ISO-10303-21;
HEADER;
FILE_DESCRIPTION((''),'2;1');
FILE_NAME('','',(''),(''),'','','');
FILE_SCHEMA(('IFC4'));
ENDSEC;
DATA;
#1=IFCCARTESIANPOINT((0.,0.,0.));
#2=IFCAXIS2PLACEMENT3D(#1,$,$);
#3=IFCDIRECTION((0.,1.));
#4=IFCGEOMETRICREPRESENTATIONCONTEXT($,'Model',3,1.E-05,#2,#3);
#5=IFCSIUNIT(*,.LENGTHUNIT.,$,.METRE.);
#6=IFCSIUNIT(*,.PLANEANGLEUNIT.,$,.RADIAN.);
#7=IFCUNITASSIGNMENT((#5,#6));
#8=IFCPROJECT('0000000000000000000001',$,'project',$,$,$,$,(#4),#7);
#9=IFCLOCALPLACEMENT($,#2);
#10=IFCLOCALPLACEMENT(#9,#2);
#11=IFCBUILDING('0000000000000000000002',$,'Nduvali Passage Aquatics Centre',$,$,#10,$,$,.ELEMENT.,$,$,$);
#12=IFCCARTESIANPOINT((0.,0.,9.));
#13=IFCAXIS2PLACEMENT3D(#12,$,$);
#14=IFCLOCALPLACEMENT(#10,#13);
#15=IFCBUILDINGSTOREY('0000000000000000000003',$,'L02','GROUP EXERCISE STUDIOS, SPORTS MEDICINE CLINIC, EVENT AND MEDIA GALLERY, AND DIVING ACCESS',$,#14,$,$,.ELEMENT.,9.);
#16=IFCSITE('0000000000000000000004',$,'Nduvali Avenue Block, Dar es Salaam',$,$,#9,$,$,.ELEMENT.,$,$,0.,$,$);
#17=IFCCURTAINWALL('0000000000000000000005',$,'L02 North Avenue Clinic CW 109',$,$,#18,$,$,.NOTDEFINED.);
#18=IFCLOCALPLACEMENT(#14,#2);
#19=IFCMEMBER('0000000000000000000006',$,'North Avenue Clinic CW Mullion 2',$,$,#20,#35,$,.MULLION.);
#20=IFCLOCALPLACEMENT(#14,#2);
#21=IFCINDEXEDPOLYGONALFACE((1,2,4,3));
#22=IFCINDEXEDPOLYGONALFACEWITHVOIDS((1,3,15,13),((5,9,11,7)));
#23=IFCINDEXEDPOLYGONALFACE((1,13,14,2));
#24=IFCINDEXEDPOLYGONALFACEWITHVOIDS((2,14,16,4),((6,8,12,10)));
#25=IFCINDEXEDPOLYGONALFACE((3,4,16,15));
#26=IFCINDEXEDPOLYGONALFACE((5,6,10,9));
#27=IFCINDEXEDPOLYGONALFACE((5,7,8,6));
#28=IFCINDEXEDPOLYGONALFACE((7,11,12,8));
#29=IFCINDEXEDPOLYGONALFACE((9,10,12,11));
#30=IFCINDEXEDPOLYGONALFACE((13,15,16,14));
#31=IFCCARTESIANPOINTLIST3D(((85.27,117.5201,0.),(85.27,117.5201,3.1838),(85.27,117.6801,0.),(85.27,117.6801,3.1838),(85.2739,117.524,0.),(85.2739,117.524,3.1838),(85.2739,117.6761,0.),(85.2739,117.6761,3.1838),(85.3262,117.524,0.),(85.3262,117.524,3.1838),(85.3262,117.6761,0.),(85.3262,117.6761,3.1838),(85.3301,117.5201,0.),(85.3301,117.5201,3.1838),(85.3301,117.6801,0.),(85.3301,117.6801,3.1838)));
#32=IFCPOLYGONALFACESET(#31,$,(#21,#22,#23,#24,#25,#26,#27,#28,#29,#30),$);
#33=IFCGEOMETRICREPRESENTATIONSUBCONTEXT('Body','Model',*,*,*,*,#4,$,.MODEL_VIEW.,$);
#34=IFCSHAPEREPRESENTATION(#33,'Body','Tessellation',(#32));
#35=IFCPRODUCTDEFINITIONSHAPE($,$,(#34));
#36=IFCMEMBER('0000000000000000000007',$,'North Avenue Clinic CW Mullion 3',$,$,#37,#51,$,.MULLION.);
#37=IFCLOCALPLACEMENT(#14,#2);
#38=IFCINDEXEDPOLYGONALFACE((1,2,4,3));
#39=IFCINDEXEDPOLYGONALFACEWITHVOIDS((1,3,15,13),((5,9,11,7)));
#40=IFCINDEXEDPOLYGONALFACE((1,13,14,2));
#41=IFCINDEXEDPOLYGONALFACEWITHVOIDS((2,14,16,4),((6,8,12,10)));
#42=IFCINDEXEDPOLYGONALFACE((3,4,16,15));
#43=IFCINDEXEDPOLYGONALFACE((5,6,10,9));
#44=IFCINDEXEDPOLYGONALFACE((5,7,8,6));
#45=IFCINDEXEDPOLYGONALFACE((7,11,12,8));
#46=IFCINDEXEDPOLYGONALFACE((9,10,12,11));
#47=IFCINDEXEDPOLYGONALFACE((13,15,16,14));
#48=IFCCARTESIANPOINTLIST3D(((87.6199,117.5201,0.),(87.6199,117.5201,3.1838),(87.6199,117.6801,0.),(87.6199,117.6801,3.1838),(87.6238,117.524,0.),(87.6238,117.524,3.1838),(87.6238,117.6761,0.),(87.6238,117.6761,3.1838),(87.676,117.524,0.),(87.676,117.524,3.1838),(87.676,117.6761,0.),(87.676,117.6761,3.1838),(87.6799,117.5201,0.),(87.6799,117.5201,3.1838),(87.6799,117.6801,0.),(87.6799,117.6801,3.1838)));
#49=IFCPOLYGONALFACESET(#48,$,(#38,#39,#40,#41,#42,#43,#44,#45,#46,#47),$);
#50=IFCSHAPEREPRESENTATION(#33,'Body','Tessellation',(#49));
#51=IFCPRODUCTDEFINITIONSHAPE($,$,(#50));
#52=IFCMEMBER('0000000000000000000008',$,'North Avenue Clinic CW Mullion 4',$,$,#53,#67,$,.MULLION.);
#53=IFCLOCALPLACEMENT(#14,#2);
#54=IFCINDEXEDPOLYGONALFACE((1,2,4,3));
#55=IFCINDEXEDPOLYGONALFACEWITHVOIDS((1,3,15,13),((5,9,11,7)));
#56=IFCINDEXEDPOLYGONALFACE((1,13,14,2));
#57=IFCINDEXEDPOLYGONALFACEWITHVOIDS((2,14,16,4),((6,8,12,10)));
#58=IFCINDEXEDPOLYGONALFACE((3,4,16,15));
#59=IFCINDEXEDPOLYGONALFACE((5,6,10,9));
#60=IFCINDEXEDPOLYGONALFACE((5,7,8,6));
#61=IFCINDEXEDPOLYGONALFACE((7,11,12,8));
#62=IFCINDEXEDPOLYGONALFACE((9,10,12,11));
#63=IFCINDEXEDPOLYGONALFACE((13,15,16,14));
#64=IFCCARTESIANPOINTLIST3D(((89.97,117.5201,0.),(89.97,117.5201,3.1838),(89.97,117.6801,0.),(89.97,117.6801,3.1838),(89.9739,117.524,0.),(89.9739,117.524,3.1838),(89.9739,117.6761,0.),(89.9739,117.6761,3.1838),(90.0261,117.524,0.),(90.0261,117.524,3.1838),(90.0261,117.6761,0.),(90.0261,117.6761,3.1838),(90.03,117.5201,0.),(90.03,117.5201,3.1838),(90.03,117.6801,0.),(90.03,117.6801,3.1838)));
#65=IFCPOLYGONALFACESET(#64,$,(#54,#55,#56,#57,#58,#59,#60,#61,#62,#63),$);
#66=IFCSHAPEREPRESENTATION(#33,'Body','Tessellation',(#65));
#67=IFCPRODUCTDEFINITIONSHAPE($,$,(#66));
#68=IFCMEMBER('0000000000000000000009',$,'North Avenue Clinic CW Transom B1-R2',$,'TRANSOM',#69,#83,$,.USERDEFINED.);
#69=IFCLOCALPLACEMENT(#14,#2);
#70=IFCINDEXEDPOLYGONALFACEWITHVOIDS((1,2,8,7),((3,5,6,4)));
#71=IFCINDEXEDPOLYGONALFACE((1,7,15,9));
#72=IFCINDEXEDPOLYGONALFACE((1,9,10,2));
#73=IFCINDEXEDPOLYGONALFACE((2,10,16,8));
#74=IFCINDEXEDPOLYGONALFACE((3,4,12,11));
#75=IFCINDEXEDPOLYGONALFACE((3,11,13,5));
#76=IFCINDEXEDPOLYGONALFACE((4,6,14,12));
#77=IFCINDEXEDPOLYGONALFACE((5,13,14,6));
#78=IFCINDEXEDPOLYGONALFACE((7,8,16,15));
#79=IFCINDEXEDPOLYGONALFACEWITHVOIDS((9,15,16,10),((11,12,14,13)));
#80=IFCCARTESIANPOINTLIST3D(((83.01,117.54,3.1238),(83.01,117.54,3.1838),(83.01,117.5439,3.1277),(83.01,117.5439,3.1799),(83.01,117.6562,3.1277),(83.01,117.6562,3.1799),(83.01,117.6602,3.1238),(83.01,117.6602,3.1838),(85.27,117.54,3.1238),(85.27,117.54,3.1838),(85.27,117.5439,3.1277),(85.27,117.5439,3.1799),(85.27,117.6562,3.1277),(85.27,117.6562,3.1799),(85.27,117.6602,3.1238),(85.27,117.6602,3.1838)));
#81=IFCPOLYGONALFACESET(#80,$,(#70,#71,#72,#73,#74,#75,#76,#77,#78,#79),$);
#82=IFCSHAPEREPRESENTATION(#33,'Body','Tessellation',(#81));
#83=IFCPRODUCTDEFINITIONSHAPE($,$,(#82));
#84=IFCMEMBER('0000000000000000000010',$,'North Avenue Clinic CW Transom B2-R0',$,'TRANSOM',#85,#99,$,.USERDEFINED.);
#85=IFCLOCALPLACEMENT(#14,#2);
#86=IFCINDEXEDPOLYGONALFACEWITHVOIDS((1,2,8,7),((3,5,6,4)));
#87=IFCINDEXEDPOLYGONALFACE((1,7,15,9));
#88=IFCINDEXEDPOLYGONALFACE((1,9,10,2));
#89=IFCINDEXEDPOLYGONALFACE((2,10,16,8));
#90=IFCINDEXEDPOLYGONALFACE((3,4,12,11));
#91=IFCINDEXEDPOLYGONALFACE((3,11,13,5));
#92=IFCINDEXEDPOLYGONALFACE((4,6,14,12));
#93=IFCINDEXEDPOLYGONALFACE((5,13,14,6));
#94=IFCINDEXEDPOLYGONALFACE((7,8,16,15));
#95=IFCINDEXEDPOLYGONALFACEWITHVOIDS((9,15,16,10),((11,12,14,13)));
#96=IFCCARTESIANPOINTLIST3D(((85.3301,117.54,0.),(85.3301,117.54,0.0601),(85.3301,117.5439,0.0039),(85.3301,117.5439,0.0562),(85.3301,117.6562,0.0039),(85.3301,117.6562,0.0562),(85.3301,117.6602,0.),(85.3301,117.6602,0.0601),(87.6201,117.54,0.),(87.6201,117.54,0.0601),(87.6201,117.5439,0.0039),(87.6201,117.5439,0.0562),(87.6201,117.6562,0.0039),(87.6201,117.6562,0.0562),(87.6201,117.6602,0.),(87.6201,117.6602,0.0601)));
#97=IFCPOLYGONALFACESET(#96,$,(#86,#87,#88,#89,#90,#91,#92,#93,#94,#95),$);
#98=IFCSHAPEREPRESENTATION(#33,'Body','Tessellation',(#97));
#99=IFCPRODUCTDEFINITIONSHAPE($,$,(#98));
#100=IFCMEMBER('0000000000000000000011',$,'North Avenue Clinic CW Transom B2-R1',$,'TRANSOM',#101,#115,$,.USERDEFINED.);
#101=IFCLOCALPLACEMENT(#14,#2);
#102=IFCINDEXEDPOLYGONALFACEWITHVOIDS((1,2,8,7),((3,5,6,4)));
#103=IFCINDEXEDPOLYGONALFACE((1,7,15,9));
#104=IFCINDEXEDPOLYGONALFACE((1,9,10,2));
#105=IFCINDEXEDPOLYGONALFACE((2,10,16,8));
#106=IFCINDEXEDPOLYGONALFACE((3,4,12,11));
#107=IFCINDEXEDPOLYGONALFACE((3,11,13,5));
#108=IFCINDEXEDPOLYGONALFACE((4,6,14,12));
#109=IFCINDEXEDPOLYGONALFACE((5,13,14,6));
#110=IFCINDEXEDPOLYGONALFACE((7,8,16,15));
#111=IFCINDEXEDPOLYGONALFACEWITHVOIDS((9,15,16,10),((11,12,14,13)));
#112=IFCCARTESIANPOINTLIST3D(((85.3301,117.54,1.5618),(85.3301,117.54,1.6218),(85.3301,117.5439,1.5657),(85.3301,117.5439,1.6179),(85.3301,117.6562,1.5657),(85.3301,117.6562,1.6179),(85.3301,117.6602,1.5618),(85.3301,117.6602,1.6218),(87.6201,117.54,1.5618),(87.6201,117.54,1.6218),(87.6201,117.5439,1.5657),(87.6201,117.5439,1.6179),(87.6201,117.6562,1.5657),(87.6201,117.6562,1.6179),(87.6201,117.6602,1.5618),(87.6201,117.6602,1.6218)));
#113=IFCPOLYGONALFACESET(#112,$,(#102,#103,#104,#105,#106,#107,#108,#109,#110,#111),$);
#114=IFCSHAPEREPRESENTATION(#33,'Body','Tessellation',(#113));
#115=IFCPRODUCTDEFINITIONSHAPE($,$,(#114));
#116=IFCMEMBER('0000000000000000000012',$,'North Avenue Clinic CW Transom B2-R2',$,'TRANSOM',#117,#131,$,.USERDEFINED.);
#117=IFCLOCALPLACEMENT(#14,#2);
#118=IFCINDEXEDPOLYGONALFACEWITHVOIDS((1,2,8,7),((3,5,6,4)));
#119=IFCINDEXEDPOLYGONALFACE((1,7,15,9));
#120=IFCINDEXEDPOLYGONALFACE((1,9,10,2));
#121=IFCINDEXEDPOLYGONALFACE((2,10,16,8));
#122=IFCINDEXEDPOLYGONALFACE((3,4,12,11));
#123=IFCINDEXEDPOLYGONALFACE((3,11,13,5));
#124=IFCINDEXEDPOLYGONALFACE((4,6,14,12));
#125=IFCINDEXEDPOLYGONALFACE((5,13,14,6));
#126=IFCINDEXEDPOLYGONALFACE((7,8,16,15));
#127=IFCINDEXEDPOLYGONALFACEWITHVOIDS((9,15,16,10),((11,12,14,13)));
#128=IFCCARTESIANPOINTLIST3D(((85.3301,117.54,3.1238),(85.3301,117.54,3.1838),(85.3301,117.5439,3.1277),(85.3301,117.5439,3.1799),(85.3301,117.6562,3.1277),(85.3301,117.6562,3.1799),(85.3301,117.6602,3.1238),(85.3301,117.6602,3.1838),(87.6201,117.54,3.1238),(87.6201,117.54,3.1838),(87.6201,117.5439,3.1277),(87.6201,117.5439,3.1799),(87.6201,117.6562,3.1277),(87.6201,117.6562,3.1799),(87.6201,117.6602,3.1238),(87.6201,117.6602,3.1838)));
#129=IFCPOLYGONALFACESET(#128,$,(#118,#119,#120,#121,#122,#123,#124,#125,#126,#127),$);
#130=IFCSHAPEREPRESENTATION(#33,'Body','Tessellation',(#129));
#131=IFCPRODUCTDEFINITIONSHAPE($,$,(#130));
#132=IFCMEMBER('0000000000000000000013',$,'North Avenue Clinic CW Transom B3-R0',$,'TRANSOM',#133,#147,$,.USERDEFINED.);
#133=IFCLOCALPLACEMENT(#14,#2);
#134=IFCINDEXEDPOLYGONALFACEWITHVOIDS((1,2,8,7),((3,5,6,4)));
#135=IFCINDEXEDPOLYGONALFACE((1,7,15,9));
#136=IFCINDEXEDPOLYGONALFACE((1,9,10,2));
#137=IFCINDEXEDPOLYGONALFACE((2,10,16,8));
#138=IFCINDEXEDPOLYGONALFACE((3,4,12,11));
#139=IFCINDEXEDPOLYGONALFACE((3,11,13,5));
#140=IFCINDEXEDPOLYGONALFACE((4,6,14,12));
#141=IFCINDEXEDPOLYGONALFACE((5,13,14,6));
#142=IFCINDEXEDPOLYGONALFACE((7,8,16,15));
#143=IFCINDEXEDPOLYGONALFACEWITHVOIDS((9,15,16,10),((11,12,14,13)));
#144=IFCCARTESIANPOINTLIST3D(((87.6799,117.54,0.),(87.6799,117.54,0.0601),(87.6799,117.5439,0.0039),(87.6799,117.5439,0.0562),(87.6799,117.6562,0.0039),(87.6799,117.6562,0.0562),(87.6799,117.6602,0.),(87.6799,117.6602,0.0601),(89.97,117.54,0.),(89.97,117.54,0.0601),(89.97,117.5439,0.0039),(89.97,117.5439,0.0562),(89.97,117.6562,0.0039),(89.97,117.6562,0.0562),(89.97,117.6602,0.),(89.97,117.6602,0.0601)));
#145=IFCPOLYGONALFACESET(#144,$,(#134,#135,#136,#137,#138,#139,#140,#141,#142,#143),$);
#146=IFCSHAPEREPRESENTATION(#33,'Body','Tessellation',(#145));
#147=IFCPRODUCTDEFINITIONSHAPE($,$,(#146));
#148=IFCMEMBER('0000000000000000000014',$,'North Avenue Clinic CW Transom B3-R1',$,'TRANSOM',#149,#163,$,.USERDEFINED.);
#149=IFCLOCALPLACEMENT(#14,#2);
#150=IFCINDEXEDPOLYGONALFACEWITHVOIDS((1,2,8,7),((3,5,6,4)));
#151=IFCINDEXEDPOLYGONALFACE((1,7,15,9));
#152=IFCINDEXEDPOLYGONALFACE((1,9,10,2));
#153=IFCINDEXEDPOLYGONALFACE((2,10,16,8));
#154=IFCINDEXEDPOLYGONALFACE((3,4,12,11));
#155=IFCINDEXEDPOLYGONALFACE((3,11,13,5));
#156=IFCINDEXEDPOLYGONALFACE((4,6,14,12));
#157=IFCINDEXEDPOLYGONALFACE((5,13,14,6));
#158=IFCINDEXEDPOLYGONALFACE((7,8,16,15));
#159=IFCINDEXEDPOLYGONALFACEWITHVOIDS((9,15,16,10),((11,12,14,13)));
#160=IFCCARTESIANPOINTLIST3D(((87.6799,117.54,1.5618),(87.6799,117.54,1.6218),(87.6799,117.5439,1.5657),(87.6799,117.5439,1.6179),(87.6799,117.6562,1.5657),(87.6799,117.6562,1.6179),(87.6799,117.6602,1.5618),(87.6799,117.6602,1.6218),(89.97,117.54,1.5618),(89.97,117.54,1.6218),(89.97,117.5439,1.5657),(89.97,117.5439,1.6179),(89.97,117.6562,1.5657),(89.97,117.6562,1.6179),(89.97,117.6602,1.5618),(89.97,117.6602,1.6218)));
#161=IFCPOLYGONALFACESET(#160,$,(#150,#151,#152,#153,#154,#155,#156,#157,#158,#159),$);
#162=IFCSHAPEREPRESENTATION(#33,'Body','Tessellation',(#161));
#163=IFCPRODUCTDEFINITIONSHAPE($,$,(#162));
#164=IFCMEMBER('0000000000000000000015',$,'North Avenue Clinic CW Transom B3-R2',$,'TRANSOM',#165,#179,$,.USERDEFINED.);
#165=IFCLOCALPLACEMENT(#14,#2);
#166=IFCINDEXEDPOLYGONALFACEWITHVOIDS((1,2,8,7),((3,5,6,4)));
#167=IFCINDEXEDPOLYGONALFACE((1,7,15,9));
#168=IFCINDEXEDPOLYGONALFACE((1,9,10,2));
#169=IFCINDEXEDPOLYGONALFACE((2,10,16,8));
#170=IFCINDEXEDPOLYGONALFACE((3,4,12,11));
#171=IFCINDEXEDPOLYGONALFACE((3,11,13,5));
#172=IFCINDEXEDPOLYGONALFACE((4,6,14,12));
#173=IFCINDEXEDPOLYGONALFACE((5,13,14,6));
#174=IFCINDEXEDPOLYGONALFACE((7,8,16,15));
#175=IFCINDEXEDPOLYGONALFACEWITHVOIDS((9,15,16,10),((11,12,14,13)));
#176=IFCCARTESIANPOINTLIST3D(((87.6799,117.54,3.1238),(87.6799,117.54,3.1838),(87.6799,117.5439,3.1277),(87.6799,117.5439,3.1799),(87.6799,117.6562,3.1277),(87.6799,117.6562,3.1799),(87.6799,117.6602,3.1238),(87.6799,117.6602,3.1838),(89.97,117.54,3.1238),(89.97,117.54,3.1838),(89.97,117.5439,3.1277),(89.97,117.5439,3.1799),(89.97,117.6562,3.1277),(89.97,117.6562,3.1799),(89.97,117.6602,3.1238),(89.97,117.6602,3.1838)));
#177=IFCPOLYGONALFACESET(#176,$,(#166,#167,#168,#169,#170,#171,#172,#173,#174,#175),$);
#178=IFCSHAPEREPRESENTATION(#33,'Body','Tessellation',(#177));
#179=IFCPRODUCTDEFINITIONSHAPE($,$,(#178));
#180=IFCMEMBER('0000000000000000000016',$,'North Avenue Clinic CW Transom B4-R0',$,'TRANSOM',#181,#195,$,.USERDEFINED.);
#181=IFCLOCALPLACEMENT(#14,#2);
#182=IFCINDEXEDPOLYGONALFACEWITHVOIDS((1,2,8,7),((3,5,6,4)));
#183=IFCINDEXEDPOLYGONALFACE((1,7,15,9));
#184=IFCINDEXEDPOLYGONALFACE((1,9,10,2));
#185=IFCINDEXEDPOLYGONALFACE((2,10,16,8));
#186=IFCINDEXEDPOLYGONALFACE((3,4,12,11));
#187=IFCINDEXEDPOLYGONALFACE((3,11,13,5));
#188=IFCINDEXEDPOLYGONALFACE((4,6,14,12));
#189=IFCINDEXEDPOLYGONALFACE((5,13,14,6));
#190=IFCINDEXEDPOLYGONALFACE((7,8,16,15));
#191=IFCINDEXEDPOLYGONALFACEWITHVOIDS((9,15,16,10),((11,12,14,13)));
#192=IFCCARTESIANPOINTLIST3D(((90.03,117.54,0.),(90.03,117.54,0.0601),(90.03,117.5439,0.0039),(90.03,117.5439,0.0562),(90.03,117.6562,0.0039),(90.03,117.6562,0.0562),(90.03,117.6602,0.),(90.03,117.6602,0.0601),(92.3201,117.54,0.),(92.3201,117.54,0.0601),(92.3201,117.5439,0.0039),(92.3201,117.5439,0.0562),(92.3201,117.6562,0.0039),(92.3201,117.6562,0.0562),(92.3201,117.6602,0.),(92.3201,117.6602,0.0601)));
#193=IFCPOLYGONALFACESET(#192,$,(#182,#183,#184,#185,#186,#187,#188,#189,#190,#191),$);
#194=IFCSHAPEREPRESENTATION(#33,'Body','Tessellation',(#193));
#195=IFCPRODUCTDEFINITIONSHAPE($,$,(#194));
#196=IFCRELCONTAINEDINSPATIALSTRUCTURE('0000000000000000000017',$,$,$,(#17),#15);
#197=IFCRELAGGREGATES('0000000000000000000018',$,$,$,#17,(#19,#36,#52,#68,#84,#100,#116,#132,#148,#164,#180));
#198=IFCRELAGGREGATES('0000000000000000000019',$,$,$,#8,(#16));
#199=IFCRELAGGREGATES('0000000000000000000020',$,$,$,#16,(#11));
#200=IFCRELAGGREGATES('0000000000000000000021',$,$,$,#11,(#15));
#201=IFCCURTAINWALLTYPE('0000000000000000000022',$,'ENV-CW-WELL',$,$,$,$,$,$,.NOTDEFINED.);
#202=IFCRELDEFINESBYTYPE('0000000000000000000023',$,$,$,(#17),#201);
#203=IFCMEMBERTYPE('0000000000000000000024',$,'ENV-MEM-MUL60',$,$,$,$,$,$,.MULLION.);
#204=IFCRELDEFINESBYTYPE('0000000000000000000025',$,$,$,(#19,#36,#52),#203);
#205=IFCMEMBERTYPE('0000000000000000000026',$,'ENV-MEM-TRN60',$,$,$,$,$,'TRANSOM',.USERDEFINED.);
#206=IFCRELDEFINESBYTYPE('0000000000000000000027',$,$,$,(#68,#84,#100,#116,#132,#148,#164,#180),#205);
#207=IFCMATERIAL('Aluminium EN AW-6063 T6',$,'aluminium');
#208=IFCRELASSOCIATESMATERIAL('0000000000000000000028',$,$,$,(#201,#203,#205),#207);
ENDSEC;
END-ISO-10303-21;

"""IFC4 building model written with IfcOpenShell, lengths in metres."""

from ifc_helpers import new_model, si_unit, direction, frame, origin, origin_2d, place, context, subcontext, project, spatial, hollow_rectangle, extrude, material, material_profile, profile_set, type_object, element, aggregate, save


model = new_model("IFC4")

# Units and contexts
model_context = context("Model", 3, precision=1e-05, world=origin(), true_north=direction((0.0, 1.0)))
body_context = subcontext(model_context, "Body", "Model", "MODEL_VIEW")
ifc_project = project(units=[si_unit("LENGTHUNIT", "METRE"), si_unit("PLANEANGLEUNIT", "RADIAN")], contexts=[model_context])

# Site, building, storey
site_placement = place(None, origin())
site = spatial("IfcSite", under=ifc_project, at=site_placement, Name="Nduvali Avenue Block, Dar es Salaam", CompositionType="ELEMENT", RefElevation=0.0)
building_placement = place(site_placement, origin())
building = spatial("IfcBuilding", under=site, at=building_placement, Name="Nduvali Passage Aquatics Centre", CompositionType="ELEMENT")
storey_placement = place(building_placement, frame((0.0, 0.0, 9.0)))
storey = spatial("IfcBuildingStorey", under=building, at=storey_placement, Name="L02", Description="GROUP EXERCISE STUDIOS, SPORTS MEDICINE CLINIC, EVENT AND MEDIA GALLERY, AND DIVING ACCESS", CompositionType="ELEMENT", Elevation=9.0)

# Curtain wall, members
ifc_material_1 = material(Name="Aluminium EN AW-6063 T6", Category="aluminium")
curtain_wall_type = type_object("IfcCurtainWallType", Name="ENV-CW-WELL", PredefinedType="NOTDEFINED", material=ifc_material_1)
curtain_wall_placement = place(storey_placement, origin())
curtain_wall = element("IfcCurtainWall", 1, at=curtain_wall_placement, inside=storey, type_object=curtain_wall_type, Name="L02 North Avenue Clinic CW 109", PredefinedType="NOTDEFINED")
ifc_material_profile_1 = material_profile(ifc_material_1, hollow_rectangle(XDim=0.0601, YDim=0.1599, WallThickness=0.0039, at=origin_2d()), Name="ALU MULLION 60x160x4")
ifc_profile_set_1 = profile_set([ifc_material_profile_1], Name="Aluminium EN AW-6063 T6")
member_type_1 = type_object("IfcMemberType", Name="ENV-MEM-MUL60", PredefinedType="MULLION", material=ifc_profile_set_1)
member_1_placement = place(storey_placement, frame((85.3, 117.6001, 0.0), z_axis=(0.0, 0.0, 1.0), x_axis=(1.0, 0.0, 0.0)))
member_1 = element("IfcMember", 2, at=member_1_placement, type_object=member_type_1, Name="North Avenue Clinic CW Mullion 2", PredefinedType="MULLION", context=body_context, shape_type="SweptSolid", body=[
    extrude(hollow_rectangle(XDim=0.0601, YDim=0.1599, WallThickness=0.0039, at=origin_2d()), origin(), (0.0, 0.0, 1.0), 3.1838),
])
member_2_placement = place(storey_placement, frame((87.6499, 117.6001, 0.0), z_axis=(0.0, 0.0, 1.0), x_axis=(1.0, 0.0, 0.0)))
member_2 = element("IfcMember", 3, at=member_2_placement, type_object=member_type_1, Name="North Avenue Clinic CW Mullion 3", PredefinedType="MULLION", context=body_context, shape_type="SweptSolid", body=[
    extrude(hollow_rectangle(XDim=0.0601, YDim=0.1599, WallThickness=0.0039, at=origin_2d()), origin(), (0.0, 0.0, 1.0), 3.1838),
])
member_3_placement = place(storey_placement, frame((90.0, 117.6001, 0.0), z_axis=(0.0, 0.0, 1.0), x_axis=(1.0, 0.0, 0.0)))
member_3 = element("IfcMember", 4, at=member_3_placement, type_object=member_type_1, Name="North Avenue Clinic CW Mullion 4", PredefinedType="MULLION", context=body_context, shape_type="SweptSolid", body=[
    extrude(hollow_rectangle(XDim=0.0601, YDim=0.1599, WallThickness=0.0039, at=origin_2d()), origin(), (0.0, 0.0, 1.0), 3.1838),
])
ifc_material_profile_2 = material_profile(ifc_material_1, hollow_rectangle(XDim=0.1201, YDim=0.0601, WallThickness=0.0039, at=origin_2d()), Name="ALU TRANSOM 120x60x4")
ifc_profile_set_2 = profile_set([ifc_material_profile_2], Name="Aluminium EN AW-6063 T6")
member_type_2 = type_object("IfcMemberType", Name="ENV-MEM-TRN60", ElementType="TRANSOM", PredefinedType="USERDEFINED", material=ifc_profile_set_2)
member_4_placement = place(storey_placement, frame((83.01, 117.6001, 3.1538), z_axis=(1.0, 0.0, 0.0), x_axis=(0.0, 1.0, 0.0)))
member_4 = element("IfcMember", 5, at=member_4_placement, type_object=member_type_2, Name="North Avenue Clinic CW Transom B1-R2", ObjectType="TRANSOM", PredefinedType="USERDEFINED", context=body_context, shape_type="SweptSolid", body=[
    extrude(hollow_rectangle(XDim=0.1201, YDim=0.0601, WallThickness=0.0039, at=origin_2d()), origin(), (0.0, 0.0, 1.0), 2.26),
])
member_5_placement = place(storey_placement, frame((85.3301, 117.6001, 0.03), z_axis=(1.0, 0.0, 0.0), x_axis=(0.0, 1.0, 0.0)))
member_5 = element("IfcMember", 6, at=member_5_placement, type_object=member_type_2, Name="North Avenue Clinic CW Transom B2-R0", ObjectType="TRANSOM", PredefinedType="USERDEFINED", context=body_context, shape_type="SweptSolid", body=[
    extrude(hollow_rectangle(XDim=0.1201, YDim=0.0601, WallThickness=0.0039, at=origin_2d()), origin(), (0.0, 0.0, 1.0), 2.29),
])
member_6_placement = place(storey_placement, frame((85.3301, 117.6001, 1.5918), z_axis=(1.0, 0.0, 0.0), x_axis=(0.0, 1.0, 0.0)))
member_6 = element("IfcMember", 7, at=member_6_placement, type_object=member_type_2, Name="North Avenue Clinic CW Transom B2-R1", ObjectType="TRANSOM", PredefinedType="USERDEFINED", context=body_context, shape_type="SweptSolid", body=[
    extrude(hollow_rectangle(XDim=0.1201, YDim=0.0601, WallThickness=0.0039, at=origin_2d()), origin(), (0.0, 0.0, 1.0), 2.29),
])
member_7_placement = place(storey_placement, frame((85.3301, 117.6001, 3.1538), z_axis=(1.0, 0.0, 0.0), x_axis=(0.0, 1.0, 0.0)))
member_7 = element("IfcMember", 8, at=member_7_placement, type_object=member_type_2, Name="North Avenue Clinic CW Transom B2-R2", ObjectType="TRANSOM", PredefinedType="USERDEFINED", context=body_context, shape_type="SweptSolid", body=[
    extrude(hollow_rectangle(XDim=0.1201, YDim=0.0601, WallThickness=0.0039, at=origin_2d()), origin(), (0.0, 0.0, 1.0), 2.29),
])
member_8_placement = place(storey_placement, frame((87.6799, 117.6001, 0.03), z_axis=(1.0, 0.0, 0.0), x_axis=(0.0, 1.0, 0.0)))
member_8 = element("IfcMember", 9, at=member_8_placement, type_object=member_type_2, Name="North Avenue Clinic CW Transom B3-R0", ObjectType="TRANSOM", PredefinedType="USERDEFINED", context=body_context, shape_type="SweptSolid", body=[
    extrude(hollow_rectangle(XDim=0.1201, YDim=0.0601, WallThickness=0.0039, at=origin_2d()), origin(), (0.0, 0.0, 1.0), 2.29),
])
member_9_placement = place(storey_placement, frame((87.6799, 117.6001, 1.5918), z_axis=(1.0, 0.0, 0.0), x_axis=(0.0, 1.0, 0.0)))
member_9 = element("IfcMember", 10, at=member_9_placement, type_object=member_type_2, Name="North Avenue Clinic CW Transom B3-R1", ObjectType="TRANSOM", PredefinedType="USERDEFINED", context=body_context, shape_type="SweptSolid", body=[
    extrude(hollow_rectangle(XDim=0.1201, YDim=0.0601, WallThickness=0.0039, at=origin_2d()), origin(), (0.0, 0.0, 1.0), 2.29),
])
member_10_placement = place(storey_placement, frame((87.6799, 117.6001, 3.1538), z_axis=(1.0, 0.0, 0.0), x_axis=(0.0, 1.0, 0.0)))
member_10 = element("IfcMember", 11, at=member_10_placement, type_object=member_type_2, Name="North Avenue Clinic CW Transom B3-R2", ObjectType="TRANSOM", PredefinedType="USERDEFINED", context=body_context, shape_type="SweptSolid", body=[
    extrude(hollow_rectangle(XDim=0.1201, YDim=0.0601, WallThickness=0.0039, at=origin_2d()), origin(), (0.0, 0.0, 1.0), 2.29),
])
member_11_placement = place(storey_placement, frame((90.03, 117.6001, 0.03), z_axis=(1.0, 0.0, 0.0), x_axis=(0.0, 1.0, 0.0)))
member_11 = element("IfcMember", 12, at=member_11_placement, type_object=member_type_2, Name="North Avenue Clinic CW Transom B4-R0", ObjectType="TRANSOM", PredefinedType="USERDEFINED", context=body_context, shape_type="SweptSolid", body=[
    extrude(hollow_rectangle(XDim=0.1201, YDim=0.0601, WallThickness=0.0039, at=origin_2d()), origin(), (0.0, 0.0, 1.0), 2.29),
])

aggregate(curtain_wall, [member_1, member_2, member_3, member_4, member_5, member_6, member_7, member_8, member_9, member_10, member_11])

save(model, "model.ifc")
